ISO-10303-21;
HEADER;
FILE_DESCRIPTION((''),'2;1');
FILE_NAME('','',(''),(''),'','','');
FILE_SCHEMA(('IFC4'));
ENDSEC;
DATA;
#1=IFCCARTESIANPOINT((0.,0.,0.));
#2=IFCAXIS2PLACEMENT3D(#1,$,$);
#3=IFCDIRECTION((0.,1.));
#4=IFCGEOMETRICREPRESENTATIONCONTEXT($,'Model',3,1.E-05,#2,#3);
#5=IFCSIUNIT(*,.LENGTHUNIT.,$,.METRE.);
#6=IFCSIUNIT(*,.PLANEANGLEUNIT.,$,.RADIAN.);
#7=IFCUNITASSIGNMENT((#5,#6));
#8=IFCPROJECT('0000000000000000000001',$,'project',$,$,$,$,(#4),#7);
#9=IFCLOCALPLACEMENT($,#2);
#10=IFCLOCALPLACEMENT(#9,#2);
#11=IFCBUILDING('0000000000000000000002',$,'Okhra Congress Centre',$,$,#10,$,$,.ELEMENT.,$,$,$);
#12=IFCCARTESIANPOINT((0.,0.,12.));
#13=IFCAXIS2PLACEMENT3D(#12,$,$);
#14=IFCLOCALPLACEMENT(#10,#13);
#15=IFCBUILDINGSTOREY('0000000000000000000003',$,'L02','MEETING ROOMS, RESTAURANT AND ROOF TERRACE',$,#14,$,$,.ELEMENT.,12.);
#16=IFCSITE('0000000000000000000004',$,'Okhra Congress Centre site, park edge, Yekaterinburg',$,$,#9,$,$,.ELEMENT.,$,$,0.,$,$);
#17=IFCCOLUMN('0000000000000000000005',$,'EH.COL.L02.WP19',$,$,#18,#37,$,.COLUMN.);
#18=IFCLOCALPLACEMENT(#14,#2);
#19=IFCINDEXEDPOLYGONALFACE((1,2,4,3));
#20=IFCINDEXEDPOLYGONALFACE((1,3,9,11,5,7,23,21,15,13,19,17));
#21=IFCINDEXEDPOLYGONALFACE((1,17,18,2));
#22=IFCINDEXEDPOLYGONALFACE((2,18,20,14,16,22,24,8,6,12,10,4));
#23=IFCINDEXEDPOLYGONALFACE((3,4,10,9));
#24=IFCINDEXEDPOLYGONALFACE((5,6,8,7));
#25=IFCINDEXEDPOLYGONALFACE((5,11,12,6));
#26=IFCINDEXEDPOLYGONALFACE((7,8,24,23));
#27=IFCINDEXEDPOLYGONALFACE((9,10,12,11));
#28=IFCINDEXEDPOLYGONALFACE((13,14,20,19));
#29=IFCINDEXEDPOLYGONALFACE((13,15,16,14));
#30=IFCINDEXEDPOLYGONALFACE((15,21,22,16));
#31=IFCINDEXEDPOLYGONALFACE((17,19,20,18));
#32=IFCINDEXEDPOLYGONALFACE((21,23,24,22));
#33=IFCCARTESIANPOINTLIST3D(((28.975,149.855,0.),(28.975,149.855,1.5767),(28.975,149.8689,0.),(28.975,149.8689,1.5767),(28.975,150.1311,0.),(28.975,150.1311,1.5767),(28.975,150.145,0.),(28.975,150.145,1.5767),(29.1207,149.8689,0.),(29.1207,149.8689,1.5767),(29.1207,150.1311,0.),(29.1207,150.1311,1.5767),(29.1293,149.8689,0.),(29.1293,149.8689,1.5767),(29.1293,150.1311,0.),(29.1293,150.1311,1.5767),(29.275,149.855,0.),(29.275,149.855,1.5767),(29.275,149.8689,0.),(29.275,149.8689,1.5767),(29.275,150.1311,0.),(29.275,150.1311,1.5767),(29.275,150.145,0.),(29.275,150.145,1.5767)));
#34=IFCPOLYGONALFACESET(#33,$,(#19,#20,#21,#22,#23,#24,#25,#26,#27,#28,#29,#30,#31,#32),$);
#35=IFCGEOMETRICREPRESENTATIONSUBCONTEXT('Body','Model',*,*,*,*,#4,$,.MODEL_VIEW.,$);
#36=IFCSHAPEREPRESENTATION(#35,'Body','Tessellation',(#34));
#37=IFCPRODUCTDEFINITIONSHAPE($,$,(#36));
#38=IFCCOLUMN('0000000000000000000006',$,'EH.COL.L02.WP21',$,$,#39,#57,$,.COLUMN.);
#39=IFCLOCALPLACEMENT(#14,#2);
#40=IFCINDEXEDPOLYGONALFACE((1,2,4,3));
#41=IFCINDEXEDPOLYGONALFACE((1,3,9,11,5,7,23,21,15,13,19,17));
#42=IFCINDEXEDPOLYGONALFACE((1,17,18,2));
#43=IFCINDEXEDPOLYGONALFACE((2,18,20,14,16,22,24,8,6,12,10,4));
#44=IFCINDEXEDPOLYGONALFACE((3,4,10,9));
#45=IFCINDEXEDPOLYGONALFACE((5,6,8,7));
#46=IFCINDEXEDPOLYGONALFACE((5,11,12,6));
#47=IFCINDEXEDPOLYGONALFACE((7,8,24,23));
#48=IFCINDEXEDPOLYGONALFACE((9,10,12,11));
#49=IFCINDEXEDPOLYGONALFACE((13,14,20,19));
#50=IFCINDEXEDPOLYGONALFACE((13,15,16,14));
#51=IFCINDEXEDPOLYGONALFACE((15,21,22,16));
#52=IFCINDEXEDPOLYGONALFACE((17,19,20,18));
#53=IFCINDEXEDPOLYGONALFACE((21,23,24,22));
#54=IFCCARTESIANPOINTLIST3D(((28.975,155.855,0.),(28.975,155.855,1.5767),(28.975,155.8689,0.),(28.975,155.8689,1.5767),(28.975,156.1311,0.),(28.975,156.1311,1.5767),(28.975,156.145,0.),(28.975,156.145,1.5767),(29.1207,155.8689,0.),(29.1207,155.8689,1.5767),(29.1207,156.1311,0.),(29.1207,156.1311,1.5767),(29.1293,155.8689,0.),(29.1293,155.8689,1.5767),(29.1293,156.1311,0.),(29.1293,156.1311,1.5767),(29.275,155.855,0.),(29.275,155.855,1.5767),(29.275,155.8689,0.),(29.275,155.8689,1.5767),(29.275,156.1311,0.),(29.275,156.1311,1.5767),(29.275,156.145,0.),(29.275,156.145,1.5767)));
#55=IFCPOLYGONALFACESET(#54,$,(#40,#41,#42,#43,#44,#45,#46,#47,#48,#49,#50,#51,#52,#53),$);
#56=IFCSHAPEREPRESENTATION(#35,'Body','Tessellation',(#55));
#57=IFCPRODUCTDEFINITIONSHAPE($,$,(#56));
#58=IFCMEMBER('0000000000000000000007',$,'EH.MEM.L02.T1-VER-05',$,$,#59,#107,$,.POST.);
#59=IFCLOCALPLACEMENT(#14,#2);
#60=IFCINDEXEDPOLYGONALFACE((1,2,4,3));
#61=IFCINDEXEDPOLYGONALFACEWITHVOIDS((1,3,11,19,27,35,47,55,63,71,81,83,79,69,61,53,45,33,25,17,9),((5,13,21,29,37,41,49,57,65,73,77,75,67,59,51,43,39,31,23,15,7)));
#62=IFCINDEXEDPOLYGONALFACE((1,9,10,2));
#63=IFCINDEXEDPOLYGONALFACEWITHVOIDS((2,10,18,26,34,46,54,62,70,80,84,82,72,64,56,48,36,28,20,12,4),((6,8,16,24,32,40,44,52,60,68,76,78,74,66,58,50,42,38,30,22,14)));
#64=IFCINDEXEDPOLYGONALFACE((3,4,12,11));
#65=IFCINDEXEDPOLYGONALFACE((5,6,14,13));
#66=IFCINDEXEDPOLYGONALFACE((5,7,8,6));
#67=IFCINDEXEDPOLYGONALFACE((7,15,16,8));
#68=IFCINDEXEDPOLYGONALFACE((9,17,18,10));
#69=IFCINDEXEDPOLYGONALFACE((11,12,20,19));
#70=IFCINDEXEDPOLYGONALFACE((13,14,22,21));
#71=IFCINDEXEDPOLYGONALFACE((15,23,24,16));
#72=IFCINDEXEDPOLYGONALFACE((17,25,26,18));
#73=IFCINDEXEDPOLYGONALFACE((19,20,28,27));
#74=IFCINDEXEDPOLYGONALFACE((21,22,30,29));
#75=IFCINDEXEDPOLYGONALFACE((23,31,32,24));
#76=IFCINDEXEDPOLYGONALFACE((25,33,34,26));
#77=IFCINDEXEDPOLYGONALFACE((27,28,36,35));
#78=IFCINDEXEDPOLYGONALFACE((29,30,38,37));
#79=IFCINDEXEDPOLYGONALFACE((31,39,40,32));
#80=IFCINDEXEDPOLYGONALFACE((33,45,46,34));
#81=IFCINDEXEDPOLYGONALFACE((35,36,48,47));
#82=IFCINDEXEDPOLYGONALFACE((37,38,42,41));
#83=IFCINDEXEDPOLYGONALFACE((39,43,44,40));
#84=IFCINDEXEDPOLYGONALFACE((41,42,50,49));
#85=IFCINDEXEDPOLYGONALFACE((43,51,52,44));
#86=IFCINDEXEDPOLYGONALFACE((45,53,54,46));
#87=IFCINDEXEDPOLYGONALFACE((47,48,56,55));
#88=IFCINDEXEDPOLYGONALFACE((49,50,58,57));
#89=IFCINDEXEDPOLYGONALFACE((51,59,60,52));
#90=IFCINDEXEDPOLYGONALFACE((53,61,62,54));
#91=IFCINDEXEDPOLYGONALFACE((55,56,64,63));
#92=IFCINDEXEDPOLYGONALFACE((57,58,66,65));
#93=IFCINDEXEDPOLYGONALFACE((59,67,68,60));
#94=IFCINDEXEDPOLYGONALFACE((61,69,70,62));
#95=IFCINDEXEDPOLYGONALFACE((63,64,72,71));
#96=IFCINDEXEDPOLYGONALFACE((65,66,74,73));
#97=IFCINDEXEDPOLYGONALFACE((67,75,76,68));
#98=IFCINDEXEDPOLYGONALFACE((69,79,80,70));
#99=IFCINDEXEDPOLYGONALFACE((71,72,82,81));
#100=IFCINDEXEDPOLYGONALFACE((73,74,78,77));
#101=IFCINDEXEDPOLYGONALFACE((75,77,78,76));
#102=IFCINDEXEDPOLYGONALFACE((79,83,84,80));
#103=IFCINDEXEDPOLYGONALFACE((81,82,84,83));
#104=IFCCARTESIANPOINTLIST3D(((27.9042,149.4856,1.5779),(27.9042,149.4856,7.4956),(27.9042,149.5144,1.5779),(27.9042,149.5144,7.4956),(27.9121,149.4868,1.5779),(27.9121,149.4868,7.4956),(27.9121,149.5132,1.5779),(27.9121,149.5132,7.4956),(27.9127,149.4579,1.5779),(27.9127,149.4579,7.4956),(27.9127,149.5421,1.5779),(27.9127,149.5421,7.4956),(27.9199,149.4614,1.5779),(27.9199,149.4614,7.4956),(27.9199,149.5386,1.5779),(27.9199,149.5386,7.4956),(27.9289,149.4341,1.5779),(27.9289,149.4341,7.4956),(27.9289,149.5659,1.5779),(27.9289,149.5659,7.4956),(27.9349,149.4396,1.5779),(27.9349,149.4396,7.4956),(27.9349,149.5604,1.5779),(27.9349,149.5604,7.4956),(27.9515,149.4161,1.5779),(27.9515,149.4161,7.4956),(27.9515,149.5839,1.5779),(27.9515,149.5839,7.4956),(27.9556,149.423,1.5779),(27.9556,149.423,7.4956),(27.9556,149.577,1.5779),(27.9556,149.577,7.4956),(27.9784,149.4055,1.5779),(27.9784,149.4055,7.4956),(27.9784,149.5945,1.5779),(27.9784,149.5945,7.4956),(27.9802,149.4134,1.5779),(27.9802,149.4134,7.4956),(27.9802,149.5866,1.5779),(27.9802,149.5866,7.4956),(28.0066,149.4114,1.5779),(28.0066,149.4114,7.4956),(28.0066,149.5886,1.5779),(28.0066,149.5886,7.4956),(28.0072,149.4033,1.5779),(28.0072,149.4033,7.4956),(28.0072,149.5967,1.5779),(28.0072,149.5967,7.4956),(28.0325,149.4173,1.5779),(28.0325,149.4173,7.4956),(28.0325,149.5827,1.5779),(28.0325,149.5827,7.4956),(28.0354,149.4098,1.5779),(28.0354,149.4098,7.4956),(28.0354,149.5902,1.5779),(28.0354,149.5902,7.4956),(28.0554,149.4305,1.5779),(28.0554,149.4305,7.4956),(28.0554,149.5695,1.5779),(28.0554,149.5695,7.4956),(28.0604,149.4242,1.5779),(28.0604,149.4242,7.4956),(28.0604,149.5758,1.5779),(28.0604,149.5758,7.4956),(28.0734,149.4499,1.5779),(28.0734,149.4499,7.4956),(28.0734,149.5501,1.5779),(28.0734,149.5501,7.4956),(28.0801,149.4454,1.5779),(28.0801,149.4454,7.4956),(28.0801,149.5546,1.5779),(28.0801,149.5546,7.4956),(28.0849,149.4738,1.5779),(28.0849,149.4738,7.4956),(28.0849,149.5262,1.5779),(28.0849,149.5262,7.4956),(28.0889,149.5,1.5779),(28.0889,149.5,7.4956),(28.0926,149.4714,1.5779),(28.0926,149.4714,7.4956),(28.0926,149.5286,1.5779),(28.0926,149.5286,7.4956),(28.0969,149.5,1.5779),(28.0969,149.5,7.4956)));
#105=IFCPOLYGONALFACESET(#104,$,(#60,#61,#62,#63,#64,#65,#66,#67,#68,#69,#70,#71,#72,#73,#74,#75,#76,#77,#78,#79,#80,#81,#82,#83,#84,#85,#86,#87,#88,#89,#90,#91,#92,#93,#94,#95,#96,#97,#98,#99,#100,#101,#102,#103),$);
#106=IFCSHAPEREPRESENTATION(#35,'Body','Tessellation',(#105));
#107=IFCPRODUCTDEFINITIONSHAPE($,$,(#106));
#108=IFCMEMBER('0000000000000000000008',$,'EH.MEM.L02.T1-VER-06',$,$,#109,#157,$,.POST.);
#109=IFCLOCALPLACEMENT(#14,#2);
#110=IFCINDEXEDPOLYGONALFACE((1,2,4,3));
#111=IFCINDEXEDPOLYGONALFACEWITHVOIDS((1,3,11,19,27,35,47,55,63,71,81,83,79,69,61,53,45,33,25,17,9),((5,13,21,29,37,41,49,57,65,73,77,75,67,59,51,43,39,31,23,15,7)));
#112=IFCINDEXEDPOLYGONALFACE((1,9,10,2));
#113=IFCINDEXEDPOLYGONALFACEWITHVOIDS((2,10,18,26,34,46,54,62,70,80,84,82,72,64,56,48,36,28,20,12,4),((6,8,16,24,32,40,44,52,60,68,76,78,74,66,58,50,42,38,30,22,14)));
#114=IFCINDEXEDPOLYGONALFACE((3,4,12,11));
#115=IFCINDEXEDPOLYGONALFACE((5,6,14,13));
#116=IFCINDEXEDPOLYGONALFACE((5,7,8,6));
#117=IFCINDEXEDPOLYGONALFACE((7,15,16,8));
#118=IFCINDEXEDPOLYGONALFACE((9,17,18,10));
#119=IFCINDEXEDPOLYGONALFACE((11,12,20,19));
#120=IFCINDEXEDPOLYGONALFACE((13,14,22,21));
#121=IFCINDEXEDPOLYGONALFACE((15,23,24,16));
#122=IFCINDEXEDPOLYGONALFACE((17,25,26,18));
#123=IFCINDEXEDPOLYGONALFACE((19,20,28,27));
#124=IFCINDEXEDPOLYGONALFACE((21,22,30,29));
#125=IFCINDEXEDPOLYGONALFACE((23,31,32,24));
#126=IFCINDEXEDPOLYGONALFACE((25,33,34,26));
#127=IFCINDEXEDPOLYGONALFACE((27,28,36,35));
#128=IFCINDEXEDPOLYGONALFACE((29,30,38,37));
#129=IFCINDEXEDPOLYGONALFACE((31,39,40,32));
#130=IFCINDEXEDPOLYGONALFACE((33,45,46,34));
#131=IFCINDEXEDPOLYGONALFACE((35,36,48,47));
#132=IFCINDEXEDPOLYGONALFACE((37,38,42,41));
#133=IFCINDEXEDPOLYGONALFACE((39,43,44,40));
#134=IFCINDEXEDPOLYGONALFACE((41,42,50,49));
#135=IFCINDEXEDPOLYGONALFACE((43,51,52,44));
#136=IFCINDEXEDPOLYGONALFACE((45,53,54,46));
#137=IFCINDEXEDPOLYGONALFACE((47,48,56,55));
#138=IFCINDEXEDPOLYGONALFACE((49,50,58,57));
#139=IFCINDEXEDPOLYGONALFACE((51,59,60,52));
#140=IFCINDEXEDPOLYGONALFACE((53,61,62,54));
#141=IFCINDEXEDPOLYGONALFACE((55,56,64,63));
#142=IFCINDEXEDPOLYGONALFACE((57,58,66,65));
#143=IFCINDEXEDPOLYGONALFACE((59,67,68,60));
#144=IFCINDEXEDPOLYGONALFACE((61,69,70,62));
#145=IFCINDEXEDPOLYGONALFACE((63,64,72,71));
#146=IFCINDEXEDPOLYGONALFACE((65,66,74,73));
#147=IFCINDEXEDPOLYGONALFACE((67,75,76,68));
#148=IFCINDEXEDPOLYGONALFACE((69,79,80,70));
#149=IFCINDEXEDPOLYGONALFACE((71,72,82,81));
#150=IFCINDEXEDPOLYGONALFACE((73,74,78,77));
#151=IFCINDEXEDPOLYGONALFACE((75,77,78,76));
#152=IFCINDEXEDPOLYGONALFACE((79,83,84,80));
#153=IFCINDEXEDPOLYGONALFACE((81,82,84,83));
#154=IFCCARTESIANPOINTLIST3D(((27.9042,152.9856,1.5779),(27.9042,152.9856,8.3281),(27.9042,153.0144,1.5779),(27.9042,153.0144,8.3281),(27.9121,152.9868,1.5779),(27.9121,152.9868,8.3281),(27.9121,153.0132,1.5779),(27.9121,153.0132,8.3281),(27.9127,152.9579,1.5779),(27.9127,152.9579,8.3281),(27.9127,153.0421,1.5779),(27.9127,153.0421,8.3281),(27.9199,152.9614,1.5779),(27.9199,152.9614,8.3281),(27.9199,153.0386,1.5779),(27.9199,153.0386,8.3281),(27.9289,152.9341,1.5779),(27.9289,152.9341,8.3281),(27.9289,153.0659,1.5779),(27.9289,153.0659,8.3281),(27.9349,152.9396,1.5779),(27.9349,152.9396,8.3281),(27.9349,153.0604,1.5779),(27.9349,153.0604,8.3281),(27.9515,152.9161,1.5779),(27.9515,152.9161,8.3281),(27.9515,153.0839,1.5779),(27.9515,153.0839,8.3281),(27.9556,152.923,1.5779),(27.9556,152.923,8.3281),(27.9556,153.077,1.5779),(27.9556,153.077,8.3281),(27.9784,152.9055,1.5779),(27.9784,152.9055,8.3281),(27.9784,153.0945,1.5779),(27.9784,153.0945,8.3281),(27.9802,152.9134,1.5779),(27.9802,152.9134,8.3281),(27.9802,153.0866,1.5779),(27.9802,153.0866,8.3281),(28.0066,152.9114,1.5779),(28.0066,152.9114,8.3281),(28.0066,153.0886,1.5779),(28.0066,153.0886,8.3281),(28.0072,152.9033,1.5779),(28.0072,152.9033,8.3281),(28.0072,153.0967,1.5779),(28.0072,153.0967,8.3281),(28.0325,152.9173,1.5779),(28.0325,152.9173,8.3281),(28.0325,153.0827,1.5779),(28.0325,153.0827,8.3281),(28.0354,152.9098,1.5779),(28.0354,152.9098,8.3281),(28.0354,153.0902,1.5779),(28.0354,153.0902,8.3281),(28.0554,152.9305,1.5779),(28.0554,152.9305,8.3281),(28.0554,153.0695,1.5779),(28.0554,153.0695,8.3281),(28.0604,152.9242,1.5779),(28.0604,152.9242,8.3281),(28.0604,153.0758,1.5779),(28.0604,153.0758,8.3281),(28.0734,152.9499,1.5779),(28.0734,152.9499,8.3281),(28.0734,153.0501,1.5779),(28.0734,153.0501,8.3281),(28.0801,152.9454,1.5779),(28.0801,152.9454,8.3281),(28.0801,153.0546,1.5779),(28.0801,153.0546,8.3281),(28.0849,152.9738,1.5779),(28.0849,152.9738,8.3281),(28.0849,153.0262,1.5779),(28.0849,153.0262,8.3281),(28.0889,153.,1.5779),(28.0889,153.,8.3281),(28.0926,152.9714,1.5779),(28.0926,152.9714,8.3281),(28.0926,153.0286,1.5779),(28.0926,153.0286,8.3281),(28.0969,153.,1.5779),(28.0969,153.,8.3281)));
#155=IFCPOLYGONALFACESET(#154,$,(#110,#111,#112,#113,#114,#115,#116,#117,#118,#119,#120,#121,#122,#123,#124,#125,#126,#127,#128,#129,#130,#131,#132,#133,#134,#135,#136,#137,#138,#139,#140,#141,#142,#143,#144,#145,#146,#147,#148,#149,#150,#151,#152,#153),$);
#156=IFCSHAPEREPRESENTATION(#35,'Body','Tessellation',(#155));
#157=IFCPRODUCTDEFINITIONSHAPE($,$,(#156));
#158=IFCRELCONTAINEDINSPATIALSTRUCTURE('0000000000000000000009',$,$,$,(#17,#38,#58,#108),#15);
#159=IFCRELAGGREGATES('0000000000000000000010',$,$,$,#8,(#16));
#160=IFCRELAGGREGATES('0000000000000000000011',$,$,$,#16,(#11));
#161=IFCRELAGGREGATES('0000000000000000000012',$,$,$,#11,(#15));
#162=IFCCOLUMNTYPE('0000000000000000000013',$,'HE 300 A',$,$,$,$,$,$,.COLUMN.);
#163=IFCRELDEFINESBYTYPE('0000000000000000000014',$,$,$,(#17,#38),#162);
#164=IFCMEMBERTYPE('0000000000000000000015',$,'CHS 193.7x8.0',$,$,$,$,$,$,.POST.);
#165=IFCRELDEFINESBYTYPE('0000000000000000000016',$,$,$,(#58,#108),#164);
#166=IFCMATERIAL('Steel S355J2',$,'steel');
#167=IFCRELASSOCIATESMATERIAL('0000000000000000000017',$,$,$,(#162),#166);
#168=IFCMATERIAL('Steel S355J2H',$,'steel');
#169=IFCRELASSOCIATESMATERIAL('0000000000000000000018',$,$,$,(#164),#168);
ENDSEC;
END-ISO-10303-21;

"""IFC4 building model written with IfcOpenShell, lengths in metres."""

from ifc_helpers import new_model, si_unit, direction, frame, origin, origin_2d, place, context, subcontext, project, spatial, hollow_circle, i_section, extrude, material, material_profile, profile_set, type_object, element, save


model = new_model("IFC4")

# Units and contexts
model_context = context("Model", 3, precision=1e-05, world=origin(), true_north=direction((0.0, 1.0)))
body_context = subcontext(model_context, "Body", "Model", "MODEL_VIEW")
ifc_project = project(units=[si_unit("LENGTHUNIT", "METRE"), si_unit("PLANEANGLEUNIT", "RADIAN")], contexts=[model_context])

# Site, building, storey
site_placement = place(None, origin())
site = spatial("IfcSite", under=ifc_project, at=site_placement, Name="Okhra Congress Centre site, park edge, Yekaterinburg", CompositionType="ELEMENT", RefElevation=0.0)
building_placement = place(site_placement, origin())
building = spatial("IfcBuilding", under=site, at=building_placement, Name="Okhra Congress Centre", CompositionType="ELEMENT")
storey_placement = place(building_placement, frame((0.0, 0.0, 12.0)))
storey = spatial("IfcBuildingStorey", under=building, at=storey_placement, Name="L02", Description="MEETING ROOMS, RESTAURANT AND ROOF TERRACE", CompositionType="ELEMENT", Elevation=12.0)

# Columns
ifc_material_1 = material(Name="Steel S355J2", Category="steel")
ifc_material_profile_1 = material_profile(ifc_material_1, i_section(OverallWidth=0.3, OverallDepth=0.29, WebThickness=0.0085, FlangeThickness=0.0139, at=origin_2d()), Name="HE 300 A")
ifc_profile_set_1 = profile_set([ifc_material_profile_1], Name="Steel S355J2")
column_type = type_object("IfcColumnType", Name="HE 300 A", PredefinedType="COLUMN", material=ifc_profile_set_1)
for number, where, z_axis, x_axis, name in (
    (1, (29.125, 150.0, 0.0), (0.0, 0.0, 1.0), (1.0, 0.0, 0.0), "EH.COL.L02.WP19"),
    (2, (29.125, 156.0, 0.0), (0.0, 0.0, 1.0), (1.0, 0.0, 0.0), "EH.COL.L02.WP21"),
):
    element("IfcColumn", number, at=place(storey_placement, frame(where, z_axis=z_axis, x_axis=x_axis)), inside=storey, type_object=column_type, Name=name, PredefinedType="COLUMN", context=body_context, shape_type="SweptSolid", body=[
        extrude(i_section(OverallWidth=0.3, OverallDepth=0.29, WebThickness=0.0085, FlangeThickness=0.0139, at=origin_2d()), origin(), (0.0, 0.0, 1.0), 1.5767),
    ])

# Members
ifc_material_2 = material(Name="Steel S355J2H", Category="steel")
ifc_material_profile_2 = material_profile(ifc_material_2, hollow_circle(Radius=0.0969, WallThickness=0.0081, at=origin_2d()), Name="CHS 193.7x8.0")
ifc_profile_set_2 = profile_set([ifc_material_profile_2], Name="Steel S355J2H")
member_type_1 = type_object("IfcMemberType", Name="CHS 193.7x8.0", PredefinedType="POST", material=ifc_profile_set_2)
member_1_placement = place(storey_placement, frame((28.0, 149.5, 1.5779), z_axis=(0.0, 0.0, 1.0), x_axis=(1.0, 0.0, 0.0)))
element("IfcMember", 3, at=member_1_placement, inside=storey, type_object=member_type_1, Name="EH.MEM.L02.T1-VER-05", PredefinedType="POST", context=body_context, shape_type="SweptSolid", body=[
    extrude(hollow_circle(Radius=0.0969, WallThickness=0.0081, at=origin_2d()), origin(), (0.0, 0.0, 1.0), 5.9177),
])
member_2_placement = place(storey_placement, frame((28.0, 153.0, 1.5779), z_axis=(0.0, 0.0, 1.0), x_axis=(1.0, 0.0, 0.0)))
element("IfcMember", 4, at=member_2_placement, inside=storey, type_object=member_type_1, Name="EH.MEM.L02.T1-VER-06", PredefinedType="POST", context=body_context, shape_type="SweptSolid", body=[
    extrude(hollow_circle(Radius=0.0969, WallThickness=0.0081, at=origin_2d()), origin(), (0.0, 0.0, 1.0), 6.7502),
])

save(model, "model.ifc")
